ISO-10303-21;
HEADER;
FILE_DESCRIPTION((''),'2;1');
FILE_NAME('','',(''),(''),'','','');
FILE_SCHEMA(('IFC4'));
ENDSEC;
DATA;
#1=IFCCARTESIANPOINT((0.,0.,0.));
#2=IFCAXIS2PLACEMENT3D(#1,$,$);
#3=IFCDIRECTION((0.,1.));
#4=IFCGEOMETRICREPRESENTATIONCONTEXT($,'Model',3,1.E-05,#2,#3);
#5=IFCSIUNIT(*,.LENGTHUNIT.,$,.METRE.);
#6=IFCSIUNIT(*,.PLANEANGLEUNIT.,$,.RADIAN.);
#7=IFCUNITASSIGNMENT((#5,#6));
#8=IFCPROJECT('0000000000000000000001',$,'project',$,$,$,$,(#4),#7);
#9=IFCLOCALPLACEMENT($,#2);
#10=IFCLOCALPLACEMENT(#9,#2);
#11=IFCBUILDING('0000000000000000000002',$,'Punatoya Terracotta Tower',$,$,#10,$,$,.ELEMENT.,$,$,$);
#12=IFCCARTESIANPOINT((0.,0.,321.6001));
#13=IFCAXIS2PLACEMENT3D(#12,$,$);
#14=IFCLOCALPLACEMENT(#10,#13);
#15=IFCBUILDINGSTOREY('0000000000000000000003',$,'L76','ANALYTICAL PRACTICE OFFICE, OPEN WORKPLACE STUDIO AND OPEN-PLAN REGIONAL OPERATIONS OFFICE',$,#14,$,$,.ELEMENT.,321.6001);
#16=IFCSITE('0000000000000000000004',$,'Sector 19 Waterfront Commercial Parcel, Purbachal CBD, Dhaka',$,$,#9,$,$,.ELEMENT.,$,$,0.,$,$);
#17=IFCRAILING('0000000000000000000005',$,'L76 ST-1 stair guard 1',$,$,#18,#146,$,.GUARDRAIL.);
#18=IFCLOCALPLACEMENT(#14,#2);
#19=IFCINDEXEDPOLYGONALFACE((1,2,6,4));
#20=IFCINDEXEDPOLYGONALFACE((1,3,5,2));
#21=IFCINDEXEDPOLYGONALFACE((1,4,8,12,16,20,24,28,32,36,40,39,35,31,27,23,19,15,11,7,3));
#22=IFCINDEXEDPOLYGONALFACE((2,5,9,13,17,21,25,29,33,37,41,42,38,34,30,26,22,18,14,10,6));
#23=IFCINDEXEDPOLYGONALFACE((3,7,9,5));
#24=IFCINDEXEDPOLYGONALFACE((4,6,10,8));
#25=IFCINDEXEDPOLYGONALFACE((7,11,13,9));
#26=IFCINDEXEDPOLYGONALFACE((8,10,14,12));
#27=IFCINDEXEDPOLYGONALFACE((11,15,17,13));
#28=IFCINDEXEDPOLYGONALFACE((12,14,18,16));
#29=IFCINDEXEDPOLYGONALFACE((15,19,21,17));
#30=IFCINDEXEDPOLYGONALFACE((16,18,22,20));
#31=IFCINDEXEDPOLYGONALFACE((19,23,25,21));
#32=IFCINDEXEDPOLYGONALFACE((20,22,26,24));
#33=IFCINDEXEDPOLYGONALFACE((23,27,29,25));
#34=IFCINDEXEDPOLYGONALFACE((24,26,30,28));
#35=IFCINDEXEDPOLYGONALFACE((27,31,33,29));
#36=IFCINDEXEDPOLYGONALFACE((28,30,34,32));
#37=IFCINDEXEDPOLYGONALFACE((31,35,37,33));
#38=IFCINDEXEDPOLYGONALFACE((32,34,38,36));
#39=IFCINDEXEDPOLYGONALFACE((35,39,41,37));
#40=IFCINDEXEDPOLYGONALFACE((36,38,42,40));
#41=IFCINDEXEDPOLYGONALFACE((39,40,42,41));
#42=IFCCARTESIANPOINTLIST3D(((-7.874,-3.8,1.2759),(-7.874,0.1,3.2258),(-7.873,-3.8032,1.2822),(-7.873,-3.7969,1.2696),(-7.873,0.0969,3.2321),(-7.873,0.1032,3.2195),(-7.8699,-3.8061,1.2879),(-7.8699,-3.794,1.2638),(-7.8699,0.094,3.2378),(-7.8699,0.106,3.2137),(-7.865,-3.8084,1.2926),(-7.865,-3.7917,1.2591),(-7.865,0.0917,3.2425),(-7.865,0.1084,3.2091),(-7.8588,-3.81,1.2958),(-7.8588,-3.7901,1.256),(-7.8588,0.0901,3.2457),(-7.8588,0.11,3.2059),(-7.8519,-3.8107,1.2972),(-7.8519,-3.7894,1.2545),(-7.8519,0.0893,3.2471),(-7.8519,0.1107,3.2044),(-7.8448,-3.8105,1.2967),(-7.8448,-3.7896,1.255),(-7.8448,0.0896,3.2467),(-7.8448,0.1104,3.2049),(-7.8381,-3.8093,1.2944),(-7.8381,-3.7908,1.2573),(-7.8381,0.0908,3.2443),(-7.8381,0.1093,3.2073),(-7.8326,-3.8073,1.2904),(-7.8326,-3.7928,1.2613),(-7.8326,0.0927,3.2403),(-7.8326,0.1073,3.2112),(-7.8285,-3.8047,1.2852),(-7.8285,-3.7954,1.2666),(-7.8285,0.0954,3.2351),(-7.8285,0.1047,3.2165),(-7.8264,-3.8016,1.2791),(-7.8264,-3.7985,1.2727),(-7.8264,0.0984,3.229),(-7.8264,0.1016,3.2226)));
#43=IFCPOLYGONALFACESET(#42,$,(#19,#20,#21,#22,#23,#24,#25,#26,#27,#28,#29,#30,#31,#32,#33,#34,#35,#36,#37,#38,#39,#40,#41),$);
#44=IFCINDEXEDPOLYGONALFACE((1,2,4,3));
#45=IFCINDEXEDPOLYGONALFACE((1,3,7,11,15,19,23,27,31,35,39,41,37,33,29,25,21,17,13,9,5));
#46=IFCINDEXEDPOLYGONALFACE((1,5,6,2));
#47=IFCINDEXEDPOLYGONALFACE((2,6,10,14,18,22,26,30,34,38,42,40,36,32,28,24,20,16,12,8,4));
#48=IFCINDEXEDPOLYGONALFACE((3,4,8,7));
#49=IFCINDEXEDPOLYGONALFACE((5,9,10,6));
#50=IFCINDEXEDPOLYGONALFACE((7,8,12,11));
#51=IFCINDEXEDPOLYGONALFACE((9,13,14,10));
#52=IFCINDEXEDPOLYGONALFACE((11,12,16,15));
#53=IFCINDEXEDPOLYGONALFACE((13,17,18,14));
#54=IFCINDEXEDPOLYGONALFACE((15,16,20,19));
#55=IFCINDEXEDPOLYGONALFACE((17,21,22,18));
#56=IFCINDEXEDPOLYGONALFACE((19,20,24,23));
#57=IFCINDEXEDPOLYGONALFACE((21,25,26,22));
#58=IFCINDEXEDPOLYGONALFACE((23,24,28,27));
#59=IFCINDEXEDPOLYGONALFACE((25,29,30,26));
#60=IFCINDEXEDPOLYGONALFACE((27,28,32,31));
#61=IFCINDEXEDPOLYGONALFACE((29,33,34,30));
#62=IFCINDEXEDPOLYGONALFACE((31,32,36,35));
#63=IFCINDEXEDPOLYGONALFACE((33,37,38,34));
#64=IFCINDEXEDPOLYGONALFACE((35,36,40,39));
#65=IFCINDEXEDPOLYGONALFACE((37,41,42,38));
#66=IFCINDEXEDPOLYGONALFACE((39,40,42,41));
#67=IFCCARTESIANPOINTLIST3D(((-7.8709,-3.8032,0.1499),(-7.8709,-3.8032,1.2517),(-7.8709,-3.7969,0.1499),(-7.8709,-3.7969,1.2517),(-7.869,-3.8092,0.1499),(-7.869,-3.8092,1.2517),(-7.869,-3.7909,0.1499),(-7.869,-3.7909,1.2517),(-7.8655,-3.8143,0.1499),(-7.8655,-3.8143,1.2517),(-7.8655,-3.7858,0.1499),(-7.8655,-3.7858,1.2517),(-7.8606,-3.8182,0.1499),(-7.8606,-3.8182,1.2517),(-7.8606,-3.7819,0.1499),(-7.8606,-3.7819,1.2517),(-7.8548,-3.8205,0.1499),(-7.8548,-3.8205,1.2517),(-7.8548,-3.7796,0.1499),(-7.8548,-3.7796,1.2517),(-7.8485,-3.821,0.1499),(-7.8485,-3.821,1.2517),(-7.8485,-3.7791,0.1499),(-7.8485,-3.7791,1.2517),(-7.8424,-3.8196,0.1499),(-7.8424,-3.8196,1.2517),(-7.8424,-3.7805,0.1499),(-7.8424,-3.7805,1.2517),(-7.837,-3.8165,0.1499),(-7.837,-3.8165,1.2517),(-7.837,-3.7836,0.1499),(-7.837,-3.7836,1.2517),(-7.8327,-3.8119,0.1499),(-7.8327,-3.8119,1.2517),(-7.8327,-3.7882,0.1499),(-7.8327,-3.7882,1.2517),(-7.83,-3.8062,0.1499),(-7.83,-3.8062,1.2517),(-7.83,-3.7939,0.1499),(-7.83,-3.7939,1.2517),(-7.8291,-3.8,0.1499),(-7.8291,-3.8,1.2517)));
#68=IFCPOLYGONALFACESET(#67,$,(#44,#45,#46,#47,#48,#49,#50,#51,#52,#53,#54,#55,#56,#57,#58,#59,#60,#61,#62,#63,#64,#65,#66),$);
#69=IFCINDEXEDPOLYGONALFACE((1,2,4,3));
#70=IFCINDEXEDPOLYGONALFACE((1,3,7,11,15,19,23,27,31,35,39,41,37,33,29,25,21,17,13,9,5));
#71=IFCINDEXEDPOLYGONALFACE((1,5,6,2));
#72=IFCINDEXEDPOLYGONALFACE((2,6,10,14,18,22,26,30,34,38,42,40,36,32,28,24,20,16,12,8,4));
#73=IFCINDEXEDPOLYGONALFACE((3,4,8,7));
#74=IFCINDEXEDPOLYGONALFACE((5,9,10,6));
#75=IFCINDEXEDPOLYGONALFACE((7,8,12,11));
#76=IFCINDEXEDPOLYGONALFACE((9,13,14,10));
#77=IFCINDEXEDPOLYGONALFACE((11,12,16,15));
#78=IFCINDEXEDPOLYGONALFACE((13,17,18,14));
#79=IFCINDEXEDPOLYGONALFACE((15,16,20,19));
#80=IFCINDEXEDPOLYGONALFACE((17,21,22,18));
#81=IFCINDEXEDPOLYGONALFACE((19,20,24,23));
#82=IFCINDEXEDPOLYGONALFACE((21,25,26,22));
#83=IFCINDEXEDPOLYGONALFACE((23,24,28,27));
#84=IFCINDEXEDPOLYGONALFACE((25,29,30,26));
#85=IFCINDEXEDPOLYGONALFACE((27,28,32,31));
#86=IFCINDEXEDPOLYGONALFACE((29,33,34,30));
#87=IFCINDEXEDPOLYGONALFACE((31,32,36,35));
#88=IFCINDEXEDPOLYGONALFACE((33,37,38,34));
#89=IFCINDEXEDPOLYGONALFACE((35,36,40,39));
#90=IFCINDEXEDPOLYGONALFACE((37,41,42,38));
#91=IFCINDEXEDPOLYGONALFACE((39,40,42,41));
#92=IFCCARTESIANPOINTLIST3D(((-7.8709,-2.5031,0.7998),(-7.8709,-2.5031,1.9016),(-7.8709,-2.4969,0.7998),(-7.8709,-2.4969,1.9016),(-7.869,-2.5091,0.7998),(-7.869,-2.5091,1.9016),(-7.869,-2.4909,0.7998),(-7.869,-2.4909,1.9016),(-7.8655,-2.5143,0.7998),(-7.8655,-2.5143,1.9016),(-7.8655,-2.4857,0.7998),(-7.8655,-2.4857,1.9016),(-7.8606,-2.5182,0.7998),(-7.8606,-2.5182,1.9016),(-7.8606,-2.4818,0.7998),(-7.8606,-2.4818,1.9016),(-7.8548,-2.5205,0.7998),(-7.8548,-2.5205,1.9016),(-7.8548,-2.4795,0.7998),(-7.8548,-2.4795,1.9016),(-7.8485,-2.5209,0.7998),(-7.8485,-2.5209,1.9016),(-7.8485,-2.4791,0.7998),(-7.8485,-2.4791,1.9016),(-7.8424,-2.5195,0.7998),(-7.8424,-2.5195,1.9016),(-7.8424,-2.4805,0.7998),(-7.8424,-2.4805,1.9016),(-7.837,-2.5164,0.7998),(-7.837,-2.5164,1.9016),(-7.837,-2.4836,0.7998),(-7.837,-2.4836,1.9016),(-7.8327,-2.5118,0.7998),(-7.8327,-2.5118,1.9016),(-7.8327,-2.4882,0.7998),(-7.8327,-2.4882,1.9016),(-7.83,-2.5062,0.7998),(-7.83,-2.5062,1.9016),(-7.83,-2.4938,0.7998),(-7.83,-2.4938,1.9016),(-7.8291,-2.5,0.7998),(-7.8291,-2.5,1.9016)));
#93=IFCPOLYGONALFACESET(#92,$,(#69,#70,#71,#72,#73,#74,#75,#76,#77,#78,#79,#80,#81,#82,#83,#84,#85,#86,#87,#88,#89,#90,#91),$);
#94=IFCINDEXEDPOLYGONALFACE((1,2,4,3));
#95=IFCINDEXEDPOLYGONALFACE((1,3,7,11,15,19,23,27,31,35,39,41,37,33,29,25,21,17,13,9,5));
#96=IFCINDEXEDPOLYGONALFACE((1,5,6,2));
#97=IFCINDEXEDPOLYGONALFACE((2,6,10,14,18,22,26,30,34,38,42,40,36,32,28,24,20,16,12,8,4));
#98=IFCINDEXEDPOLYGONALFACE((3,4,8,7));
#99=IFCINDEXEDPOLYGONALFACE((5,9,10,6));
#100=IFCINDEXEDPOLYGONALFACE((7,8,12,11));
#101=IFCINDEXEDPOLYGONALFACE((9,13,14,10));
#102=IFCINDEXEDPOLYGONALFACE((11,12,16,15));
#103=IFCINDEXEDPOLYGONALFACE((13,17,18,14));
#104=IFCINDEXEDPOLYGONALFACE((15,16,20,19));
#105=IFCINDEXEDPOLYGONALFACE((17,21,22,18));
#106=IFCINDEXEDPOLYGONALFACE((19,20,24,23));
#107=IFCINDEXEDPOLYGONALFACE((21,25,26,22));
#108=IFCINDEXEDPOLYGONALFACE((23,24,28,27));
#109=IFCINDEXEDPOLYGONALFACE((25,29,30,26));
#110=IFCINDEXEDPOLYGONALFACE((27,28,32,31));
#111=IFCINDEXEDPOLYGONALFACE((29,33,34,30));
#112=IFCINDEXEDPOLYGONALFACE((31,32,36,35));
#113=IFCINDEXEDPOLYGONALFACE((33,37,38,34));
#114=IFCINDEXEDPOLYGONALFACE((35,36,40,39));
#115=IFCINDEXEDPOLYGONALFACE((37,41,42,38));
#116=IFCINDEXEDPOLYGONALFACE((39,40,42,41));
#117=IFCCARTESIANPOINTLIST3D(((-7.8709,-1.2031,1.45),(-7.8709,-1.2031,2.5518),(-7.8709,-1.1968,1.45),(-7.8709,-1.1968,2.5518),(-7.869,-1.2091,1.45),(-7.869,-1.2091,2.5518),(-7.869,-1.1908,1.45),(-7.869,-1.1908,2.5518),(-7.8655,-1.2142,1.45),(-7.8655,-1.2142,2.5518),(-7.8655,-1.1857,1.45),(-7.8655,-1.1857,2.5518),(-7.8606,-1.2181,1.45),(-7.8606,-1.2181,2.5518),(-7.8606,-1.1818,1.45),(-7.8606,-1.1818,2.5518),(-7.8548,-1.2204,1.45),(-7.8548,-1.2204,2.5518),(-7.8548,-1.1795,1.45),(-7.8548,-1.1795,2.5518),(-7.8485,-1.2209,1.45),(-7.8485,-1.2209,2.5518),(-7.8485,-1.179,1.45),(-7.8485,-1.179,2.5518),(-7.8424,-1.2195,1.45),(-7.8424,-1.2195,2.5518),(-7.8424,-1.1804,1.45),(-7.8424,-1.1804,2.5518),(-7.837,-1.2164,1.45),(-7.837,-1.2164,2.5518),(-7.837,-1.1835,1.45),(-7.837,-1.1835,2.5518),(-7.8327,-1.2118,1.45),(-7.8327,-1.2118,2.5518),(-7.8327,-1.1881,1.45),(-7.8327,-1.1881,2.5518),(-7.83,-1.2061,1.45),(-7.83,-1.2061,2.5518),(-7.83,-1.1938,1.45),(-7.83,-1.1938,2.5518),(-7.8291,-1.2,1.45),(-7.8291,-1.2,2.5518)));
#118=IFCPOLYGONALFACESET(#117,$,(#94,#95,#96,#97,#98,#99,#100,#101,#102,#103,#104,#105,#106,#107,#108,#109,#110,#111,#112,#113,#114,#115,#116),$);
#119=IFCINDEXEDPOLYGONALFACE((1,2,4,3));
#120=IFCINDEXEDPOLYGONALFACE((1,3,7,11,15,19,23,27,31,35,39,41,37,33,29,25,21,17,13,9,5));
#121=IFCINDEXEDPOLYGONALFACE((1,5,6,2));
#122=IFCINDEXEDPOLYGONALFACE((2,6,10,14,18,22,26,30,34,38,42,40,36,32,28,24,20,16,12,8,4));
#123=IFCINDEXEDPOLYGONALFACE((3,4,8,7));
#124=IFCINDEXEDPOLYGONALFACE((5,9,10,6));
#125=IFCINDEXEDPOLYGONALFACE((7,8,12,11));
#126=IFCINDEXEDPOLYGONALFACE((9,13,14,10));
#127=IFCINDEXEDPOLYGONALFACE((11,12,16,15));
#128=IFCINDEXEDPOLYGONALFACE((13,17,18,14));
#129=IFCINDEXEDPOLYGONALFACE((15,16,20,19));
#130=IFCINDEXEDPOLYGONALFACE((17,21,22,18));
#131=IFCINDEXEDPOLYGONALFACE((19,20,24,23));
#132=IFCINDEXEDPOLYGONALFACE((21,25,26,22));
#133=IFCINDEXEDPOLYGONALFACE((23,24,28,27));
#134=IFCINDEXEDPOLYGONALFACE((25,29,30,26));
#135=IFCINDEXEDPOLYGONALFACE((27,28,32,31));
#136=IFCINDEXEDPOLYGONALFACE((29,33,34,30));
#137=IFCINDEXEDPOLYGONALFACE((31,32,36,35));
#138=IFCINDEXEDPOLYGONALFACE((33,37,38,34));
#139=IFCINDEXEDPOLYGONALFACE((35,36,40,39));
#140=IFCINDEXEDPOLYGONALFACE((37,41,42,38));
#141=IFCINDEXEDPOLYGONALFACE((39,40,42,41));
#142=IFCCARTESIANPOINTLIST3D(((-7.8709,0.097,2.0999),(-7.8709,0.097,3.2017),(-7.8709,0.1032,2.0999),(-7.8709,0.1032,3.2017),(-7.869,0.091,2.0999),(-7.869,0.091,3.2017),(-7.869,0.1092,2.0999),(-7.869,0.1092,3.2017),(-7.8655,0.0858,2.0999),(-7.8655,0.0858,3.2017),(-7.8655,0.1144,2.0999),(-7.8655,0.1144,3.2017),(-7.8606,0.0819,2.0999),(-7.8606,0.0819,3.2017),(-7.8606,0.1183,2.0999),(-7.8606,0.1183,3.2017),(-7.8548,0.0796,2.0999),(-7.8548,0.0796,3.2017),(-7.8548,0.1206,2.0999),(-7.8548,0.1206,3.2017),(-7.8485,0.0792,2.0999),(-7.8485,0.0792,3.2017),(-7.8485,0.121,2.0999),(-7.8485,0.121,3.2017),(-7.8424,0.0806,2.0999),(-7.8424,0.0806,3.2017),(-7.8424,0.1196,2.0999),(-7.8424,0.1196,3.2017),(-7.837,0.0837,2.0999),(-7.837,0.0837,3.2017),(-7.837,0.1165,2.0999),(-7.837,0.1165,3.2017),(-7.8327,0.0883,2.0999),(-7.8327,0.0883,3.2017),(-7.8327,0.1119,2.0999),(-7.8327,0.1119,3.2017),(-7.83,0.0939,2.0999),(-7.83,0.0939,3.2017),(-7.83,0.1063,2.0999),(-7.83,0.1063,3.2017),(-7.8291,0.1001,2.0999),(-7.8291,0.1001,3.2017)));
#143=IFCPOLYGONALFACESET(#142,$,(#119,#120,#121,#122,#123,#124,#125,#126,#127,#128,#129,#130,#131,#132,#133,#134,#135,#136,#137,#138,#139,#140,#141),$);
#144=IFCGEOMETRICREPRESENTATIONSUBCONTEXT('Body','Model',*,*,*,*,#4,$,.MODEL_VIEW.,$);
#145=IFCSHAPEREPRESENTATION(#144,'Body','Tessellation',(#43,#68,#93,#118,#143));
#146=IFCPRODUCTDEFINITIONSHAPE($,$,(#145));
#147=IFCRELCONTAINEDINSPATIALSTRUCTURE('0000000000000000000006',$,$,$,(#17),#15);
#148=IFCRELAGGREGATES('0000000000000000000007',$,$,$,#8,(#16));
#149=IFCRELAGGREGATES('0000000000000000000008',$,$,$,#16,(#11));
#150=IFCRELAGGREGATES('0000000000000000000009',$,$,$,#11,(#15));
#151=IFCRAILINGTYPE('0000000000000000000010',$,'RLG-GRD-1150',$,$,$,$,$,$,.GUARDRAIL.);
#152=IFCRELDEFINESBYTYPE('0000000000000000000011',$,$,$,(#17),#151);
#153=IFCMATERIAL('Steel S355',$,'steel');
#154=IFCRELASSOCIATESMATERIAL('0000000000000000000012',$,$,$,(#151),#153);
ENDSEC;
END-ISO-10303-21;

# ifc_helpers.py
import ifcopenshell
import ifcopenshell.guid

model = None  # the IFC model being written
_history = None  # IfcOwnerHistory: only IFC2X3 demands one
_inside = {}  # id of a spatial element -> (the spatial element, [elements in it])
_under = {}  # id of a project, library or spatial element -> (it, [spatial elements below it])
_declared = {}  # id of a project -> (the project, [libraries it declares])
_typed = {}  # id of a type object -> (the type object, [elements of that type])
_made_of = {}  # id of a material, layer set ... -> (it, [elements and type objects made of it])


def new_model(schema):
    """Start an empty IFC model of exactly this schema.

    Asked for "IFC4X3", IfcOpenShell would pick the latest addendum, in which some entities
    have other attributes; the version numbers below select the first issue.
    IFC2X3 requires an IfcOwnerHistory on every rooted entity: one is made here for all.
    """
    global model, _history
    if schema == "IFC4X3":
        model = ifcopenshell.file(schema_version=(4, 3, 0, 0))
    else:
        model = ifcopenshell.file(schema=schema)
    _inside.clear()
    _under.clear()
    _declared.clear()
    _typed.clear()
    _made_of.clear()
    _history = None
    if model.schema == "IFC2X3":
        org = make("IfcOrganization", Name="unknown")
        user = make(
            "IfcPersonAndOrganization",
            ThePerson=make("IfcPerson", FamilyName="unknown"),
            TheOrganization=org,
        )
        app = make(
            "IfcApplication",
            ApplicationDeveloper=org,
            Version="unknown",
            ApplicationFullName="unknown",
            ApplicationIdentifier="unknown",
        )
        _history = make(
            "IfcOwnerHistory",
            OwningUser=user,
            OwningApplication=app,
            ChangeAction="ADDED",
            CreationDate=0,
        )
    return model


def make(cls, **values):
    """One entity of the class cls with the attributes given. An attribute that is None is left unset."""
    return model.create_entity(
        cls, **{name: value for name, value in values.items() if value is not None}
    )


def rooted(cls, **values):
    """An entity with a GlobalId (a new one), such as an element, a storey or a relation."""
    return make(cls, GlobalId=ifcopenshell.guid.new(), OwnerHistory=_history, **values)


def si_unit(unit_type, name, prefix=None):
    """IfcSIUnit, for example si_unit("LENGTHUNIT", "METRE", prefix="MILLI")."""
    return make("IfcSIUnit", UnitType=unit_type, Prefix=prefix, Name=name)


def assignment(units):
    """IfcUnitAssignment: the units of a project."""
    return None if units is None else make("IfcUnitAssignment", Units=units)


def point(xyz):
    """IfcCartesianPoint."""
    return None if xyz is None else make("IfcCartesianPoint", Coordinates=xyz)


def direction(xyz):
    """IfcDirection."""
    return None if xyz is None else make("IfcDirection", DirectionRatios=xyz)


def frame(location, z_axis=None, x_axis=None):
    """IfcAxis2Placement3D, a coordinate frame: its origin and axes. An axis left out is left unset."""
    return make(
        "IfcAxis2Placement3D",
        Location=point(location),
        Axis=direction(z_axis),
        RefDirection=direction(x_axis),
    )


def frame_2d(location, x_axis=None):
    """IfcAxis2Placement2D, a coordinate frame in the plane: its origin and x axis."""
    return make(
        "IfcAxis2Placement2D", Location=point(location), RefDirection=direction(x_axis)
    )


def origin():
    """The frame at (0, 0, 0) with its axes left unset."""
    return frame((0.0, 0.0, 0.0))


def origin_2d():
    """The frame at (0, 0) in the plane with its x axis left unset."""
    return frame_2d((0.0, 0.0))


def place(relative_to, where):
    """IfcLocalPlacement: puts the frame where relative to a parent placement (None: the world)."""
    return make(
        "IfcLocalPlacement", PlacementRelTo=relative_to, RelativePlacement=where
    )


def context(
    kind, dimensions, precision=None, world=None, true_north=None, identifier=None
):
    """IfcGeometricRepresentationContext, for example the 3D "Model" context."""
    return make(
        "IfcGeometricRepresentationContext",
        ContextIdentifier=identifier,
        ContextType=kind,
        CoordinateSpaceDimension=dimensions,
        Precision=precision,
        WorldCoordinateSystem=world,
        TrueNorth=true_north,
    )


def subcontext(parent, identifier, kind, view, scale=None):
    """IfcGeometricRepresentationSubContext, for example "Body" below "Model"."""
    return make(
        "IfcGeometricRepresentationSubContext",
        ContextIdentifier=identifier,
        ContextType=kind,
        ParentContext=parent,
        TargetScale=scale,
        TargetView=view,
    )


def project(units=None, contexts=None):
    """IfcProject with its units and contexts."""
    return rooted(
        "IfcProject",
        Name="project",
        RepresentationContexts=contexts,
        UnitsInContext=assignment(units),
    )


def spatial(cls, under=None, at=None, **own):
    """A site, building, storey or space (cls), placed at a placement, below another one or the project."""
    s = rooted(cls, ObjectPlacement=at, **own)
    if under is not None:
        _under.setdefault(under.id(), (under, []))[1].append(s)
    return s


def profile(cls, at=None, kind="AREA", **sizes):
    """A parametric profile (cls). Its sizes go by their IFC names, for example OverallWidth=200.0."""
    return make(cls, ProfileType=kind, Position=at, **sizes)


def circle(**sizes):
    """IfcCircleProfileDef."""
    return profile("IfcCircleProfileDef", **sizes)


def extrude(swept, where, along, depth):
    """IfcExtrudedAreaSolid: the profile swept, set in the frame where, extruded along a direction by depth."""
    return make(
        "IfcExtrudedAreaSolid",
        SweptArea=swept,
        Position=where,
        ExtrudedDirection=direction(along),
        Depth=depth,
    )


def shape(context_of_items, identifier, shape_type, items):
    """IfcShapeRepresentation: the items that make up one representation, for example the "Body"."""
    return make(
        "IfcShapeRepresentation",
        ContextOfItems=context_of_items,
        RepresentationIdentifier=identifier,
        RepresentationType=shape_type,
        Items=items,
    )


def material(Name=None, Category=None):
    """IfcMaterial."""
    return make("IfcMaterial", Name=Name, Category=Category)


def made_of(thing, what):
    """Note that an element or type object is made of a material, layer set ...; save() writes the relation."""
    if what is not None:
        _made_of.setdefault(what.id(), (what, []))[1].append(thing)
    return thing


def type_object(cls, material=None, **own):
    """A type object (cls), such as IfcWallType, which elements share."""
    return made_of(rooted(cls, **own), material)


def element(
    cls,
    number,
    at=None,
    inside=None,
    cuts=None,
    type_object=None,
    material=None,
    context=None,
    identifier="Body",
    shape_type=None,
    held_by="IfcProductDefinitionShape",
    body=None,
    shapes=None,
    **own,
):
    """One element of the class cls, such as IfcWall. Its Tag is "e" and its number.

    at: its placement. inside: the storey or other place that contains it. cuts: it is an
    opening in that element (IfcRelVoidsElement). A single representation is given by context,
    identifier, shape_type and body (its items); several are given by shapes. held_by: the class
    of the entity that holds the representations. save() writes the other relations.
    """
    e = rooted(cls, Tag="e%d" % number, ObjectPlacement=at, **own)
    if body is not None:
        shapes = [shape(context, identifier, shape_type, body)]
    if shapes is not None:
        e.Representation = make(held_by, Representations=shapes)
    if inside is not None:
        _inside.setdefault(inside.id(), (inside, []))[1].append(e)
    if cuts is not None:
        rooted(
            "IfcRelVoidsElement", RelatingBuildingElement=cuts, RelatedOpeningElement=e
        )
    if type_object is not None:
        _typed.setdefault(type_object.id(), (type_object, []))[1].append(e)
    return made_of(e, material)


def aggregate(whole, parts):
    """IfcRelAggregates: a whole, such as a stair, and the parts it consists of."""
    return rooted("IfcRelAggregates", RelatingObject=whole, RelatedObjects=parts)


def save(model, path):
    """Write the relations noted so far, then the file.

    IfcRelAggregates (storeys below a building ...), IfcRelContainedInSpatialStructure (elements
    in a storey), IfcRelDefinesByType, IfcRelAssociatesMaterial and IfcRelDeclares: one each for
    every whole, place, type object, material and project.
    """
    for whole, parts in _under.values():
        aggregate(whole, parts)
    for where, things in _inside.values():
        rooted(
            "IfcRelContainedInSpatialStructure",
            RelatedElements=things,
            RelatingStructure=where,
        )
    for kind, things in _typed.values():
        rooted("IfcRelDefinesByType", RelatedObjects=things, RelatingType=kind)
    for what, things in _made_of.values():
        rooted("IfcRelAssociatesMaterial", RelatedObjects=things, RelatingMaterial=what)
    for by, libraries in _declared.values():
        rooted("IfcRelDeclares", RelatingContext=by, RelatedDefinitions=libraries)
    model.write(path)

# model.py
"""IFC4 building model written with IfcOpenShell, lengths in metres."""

from ifc_helpers import new_model, si_unit, direction, frame, origin, origin_2d, place, context, subcontext, project, spatial, circle, extrude, material, type_object, element, save


model = new_model("IFC4")

# Units and contexts
model_context = context("Model", 3, precision=1e-05, world=origin(), true_north=direction((0.0, 1.0)))
body_context = subcontext(model_context, "Body", "Model", "MODEL_VIEW")
ifc_project = project(units=[si_unit("LENGTHUNIT", "METRE"), si_unit("PLANEANGLEUNIT", "RADIAN")], contexts=[model_context])

# Site, building, storey
site_placement = place(None, origin())
site = spatial("IfcSite", under=ifc_project, at=site_placement, Name="Sector 19 Waterfront Commercial Parcel, Purbachal CBD, Dhaka", CompositionType="ELEMENT", RefElevation=0.0)
building_placement = place(site_placement, origin())
building = spatial("IfcBuilding", under=site, at=building_placement, Name="Punatoya Terracotta Tower", CompositionType="ELEMENT")
storey_placement = place(building_placement, frame((0.0, 0.0, 321.6001)))
storey = spatial("IfcBuildingStorey", under=building, at=storey_placement, Name="L76", Description="ANALYTICAL PRACTICE OFFICE, OPEN WORKPLACE STUDIO AND OPEN-PLAN REGIONAL OPERATIONS OFFICE", CompositionType="ELEMENT", Elevation=321.6001)

# Shared definitions
ifc_material_1 = material(Name="Steel S355", Category="steel")

# Railing
railing_type_1 = type_object("IfcRailingType", Name="RLG-GRD-1150", PredefinedType="GUARDRAIL", material=ifc_material_1)
railing_1_placement = place(storey_placement, frame((-7.8501, -3.8, 0.1499)))
element("IfcRailing", 1, at=railing_1_placement, inside=storey, type_object=railing_type_1, Name="L76 ST-1 stair guard 1", PredefinedType="GUARDRAIL", context=body_context, shape_type="SweptSolid", body=[
    extrude(circle(Radius=0.0239, at=origin_2d()), frame((0.0, 0.0, 1.126), z_axis=(0.0, 0.894438, 0.447191), x_axis=(-1.0, 0.0, 0.0)), (0.0, 0.0, 1.0), 4.3604),
    extrude(circle(Radius=0.021, at=origin_2d()), origin(), (0.0, 0.0, 1.0), 1.1018),
    extrude(circle(Radius=0.021, at=origin_2d()), frame((0.0, 1.3, 0.6499)), (0.0, 0.0, 1.0), 1.1018),
    extrude(circle(Radius=0.021, at=origin_2d()), frame((0.0, 2.6001, 1.3)), (0.0, 0.0, 1.0), 1.1018),
    extrude(circle(Radius=0.021, at=origin_2d()), frame((0.0, 3.9001, 1.95)), (0.0, 0.0, 1.0), 1.1018),
])

save(model, "model.ifc")
